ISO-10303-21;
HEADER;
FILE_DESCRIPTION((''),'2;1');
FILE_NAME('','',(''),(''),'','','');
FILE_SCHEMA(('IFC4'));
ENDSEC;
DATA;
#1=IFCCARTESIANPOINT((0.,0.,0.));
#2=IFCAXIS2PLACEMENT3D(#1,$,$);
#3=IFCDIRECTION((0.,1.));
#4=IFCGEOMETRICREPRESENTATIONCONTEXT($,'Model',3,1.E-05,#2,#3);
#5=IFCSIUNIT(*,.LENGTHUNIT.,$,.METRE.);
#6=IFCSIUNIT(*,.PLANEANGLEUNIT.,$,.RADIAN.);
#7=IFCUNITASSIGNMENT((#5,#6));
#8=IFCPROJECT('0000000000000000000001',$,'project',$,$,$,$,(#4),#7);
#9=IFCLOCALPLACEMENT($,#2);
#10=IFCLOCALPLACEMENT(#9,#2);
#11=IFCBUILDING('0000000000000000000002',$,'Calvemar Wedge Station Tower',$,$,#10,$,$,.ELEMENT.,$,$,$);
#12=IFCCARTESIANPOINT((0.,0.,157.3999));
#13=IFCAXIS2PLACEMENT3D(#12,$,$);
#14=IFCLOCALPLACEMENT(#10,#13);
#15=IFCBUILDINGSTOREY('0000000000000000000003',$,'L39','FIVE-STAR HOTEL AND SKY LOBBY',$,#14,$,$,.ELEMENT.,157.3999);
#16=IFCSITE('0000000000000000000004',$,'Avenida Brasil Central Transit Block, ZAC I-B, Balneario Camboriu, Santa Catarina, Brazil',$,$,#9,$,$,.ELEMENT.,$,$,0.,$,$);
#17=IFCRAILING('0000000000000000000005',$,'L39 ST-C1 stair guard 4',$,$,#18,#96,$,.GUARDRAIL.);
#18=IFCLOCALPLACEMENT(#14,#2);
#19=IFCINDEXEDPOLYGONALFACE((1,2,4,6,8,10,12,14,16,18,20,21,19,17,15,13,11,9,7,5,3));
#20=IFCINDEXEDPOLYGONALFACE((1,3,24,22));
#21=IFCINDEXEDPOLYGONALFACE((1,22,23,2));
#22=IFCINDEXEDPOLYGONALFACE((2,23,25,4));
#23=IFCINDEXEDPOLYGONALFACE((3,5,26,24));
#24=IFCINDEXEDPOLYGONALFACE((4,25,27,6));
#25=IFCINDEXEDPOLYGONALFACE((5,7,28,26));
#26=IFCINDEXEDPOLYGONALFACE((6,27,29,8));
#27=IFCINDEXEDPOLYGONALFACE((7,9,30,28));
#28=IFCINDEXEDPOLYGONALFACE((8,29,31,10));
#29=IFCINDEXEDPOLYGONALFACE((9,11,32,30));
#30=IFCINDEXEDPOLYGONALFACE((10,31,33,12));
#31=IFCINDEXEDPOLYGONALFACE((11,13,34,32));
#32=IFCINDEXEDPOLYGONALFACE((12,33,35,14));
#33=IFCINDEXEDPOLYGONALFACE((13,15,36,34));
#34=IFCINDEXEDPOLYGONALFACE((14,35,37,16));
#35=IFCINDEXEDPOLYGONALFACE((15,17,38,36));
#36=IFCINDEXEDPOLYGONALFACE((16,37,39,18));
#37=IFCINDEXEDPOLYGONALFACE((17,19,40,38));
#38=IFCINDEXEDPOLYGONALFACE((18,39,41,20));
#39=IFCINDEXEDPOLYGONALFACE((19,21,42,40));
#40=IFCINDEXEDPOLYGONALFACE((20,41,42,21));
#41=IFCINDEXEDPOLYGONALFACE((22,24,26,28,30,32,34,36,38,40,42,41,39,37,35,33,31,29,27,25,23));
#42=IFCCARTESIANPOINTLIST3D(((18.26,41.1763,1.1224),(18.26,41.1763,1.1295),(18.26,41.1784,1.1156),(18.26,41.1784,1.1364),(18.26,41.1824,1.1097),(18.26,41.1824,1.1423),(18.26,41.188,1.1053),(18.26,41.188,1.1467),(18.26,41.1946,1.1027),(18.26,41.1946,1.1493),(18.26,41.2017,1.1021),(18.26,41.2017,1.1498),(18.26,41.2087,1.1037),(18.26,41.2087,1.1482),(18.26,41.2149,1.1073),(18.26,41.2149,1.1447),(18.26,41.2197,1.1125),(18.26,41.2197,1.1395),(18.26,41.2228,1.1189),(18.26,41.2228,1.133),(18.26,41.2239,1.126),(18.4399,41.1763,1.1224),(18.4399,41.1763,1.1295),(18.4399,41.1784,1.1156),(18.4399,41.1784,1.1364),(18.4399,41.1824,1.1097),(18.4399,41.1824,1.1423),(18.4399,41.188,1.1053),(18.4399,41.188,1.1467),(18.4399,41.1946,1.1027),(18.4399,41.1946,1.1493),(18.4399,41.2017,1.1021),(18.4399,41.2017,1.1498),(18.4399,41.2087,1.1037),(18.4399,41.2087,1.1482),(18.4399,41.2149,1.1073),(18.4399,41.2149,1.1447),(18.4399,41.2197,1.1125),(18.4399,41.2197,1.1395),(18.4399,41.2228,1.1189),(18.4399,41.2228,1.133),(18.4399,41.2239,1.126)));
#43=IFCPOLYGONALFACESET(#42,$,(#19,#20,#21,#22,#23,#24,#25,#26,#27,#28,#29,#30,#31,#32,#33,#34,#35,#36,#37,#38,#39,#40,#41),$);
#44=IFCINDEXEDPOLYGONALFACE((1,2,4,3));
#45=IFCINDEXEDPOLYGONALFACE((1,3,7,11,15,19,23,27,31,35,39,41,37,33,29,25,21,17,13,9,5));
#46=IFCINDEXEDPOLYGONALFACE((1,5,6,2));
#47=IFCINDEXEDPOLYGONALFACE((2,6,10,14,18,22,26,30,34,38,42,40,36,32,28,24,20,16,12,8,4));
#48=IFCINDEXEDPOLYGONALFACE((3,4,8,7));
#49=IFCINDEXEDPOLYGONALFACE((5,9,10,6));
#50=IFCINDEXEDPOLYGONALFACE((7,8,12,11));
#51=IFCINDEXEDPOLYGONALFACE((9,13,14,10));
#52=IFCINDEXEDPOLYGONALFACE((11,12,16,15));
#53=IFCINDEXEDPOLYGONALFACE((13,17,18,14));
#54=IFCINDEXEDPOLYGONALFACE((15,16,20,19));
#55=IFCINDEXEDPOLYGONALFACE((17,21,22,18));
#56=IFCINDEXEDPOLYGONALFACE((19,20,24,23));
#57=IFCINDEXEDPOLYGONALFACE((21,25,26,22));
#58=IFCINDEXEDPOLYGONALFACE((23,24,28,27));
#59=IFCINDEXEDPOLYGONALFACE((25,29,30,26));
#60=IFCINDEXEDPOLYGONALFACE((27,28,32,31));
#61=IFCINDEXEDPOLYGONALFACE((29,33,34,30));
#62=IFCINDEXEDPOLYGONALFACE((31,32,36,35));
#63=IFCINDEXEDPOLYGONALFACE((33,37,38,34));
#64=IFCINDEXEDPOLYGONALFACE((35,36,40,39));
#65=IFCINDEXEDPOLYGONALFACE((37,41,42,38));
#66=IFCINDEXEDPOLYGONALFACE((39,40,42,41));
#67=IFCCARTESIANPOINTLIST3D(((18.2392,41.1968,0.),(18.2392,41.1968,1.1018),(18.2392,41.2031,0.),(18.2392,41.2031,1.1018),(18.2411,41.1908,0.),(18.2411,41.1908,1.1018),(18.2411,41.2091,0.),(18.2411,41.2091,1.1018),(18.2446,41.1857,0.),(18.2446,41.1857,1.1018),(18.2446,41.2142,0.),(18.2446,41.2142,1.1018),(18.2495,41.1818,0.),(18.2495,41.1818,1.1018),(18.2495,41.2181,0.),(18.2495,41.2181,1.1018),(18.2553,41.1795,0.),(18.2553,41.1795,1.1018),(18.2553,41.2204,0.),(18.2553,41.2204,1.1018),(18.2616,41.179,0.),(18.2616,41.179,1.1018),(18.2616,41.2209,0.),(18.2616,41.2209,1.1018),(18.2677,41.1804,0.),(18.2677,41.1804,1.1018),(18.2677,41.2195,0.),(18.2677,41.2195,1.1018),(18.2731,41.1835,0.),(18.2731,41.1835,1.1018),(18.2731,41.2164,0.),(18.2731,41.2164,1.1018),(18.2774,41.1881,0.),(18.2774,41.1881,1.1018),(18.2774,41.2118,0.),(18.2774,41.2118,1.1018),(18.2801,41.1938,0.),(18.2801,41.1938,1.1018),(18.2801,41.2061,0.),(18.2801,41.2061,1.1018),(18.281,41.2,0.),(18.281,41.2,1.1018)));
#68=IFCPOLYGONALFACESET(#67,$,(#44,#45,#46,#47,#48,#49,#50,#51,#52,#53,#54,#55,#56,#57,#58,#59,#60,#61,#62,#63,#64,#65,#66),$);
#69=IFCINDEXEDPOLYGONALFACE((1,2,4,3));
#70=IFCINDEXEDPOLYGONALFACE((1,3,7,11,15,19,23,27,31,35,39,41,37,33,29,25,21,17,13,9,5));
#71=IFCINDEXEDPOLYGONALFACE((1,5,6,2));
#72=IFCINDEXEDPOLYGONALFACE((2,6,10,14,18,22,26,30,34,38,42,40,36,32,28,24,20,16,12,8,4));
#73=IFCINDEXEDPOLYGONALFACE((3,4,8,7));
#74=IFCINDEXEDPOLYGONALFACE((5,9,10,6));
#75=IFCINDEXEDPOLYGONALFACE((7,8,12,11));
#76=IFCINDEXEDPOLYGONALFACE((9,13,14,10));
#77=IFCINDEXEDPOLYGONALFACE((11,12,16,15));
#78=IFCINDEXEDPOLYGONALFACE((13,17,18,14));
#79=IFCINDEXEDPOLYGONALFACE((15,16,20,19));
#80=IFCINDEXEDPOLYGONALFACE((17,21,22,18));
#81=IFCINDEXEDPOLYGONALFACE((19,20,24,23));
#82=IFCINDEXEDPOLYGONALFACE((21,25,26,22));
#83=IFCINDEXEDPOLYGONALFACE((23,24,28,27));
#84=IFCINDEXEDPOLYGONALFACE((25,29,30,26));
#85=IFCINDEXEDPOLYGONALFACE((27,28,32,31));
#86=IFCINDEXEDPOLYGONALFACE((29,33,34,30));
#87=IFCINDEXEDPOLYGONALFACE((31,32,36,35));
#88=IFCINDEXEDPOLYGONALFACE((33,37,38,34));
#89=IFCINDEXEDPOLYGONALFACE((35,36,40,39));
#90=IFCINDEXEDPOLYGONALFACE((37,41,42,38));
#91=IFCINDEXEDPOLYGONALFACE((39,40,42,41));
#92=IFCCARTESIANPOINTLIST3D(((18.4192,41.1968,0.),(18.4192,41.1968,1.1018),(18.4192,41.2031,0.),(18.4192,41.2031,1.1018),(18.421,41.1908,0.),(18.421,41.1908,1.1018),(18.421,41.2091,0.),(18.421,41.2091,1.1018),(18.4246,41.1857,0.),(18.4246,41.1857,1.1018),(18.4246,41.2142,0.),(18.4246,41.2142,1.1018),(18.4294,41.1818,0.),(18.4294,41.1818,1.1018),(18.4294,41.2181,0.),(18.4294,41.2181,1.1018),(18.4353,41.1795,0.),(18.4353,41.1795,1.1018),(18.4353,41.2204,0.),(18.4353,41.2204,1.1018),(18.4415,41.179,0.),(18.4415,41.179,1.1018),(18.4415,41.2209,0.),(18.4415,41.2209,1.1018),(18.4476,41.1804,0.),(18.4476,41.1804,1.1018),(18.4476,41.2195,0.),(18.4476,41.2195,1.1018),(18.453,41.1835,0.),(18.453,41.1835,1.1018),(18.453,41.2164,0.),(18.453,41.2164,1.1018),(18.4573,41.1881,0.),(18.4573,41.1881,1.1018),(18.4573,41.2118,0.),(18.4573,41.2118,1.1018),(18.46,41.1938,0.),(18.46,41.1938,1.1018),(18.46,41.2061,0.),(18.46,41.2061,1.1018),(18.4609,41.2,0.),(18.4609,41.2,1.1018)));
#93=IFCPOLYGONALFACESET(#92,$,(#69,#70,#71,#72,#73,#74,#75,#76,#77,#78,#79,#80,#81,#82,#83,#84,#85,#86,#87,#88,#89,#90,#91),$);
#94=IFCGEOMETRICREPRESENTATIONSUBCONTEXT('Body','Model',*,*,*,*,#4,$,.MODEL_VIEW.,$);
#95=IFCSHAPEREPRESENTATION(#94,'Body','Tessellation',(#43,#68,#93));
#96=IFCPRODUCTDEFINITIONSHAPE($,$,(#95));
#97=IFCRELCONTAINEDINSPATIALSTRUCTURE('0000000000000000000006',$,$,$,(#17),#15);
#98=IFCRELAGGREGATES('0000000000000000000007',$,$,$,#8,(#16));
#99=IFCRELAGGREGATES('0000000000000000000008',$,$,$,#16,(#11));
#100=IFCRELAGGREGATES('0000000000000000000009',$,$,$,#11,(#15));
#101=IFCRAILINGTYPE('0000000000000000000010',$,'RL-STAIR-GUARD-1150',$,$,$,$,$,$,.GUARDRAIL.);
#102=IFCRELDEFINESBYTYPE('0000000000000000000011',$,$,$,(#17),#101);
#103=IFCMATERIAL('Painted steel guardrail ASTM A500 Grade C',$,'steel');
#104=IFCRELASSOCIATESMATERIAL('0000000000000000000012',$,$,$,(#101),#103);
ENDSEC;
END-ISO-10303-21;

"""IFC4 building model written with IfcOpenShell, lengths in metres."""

from ifc_helpers import new_model, si_unit, direction, frame, origin, origin_2d, place, context, subcontext, project, spatial, circle, extrude, material, type_object, element, save


model = new_model("IFC4")

# Units and contexts
model_context = context("Model", 3, precision=1e-05, world=origin(), true_north=direction((0.0, 1.0)))
body_context = subcontext(model_context, "Body", "Model", "MODEL_VIEW")
ifc_project = project(units=[si_unit("LENGTHUNIT", "METRE"), si_unit("PLANEANGLEUNIT", "RADIAN")], contexts=[model_context])

# Site, building, storey
site_placement = place(None, origin())
site = spatial("IfcSite", under=ifc_project, at=site_placement, Name="Avenida Brasil Central Transit Block, ZAC I-B, Balneario Camboriu, Santa Catarina, Brazil", CompositionType="ELEMENT", RefElevation=0.0)
building_placement = place(site_placement, origin())
building = spatial("IfcBuilding", under=site, at=building_placement, Name="Calvemar Wedge Station Tower", CompositionType="ELEMENT")
storey_placement = place(building_placement, frame((0.0, 0.0, 157.3999)))
storey = spatial("IfcBuildingStorey", under=building, at=storey_placement, Name="L39", Description="FIVE-STAR HOTEL AND SKY LOBBY", CompositionType="ELEMENT", Elevation=157.3999)

# Railing
ifc_material_1 = material(Name="Painted steel guardrail ASTM A500 Grade C", Category="steel")
railing_type_1 = type_object("IfcRailingType", Name="RL-STAIR-GUARD-1150", PredefinedType="GUARDRAIL", material=ifc_material_1)
railing_1_placement = place(storey_placement, frame((18.26, 41.2, 0.0)))
element("IfcRailing", 1, at=railing_1_placement, inside=storey, type_object=railing_type_1, Name="L39 ST-C1 stair guard 4", PredefinedType="GUARDRAIL", context=body_context, shape_type="SweptSolid", body=[
    extrude(circle(Radius=0.0239, at=origin_2d()), frame((0.0, 0.0, 1.126), z_axis=(1.0, 0.0, 0.0), x_axis=(0.0, 1.0, 0.0)), (0.0, 0.0, 1.0), 0.1799),
    extrude(circle(Radius=0.021, at=origin_2d()), origin(), (0.0, 0.0, 1.0), 1.1018),
    extrude(circle(Radius=0.021, at=origin_2d()), frame((0.1799, 0.0, 0.0)), (0.0, 0.0, 1.0), 1.1018),
])

save(model, "model.ifc")
